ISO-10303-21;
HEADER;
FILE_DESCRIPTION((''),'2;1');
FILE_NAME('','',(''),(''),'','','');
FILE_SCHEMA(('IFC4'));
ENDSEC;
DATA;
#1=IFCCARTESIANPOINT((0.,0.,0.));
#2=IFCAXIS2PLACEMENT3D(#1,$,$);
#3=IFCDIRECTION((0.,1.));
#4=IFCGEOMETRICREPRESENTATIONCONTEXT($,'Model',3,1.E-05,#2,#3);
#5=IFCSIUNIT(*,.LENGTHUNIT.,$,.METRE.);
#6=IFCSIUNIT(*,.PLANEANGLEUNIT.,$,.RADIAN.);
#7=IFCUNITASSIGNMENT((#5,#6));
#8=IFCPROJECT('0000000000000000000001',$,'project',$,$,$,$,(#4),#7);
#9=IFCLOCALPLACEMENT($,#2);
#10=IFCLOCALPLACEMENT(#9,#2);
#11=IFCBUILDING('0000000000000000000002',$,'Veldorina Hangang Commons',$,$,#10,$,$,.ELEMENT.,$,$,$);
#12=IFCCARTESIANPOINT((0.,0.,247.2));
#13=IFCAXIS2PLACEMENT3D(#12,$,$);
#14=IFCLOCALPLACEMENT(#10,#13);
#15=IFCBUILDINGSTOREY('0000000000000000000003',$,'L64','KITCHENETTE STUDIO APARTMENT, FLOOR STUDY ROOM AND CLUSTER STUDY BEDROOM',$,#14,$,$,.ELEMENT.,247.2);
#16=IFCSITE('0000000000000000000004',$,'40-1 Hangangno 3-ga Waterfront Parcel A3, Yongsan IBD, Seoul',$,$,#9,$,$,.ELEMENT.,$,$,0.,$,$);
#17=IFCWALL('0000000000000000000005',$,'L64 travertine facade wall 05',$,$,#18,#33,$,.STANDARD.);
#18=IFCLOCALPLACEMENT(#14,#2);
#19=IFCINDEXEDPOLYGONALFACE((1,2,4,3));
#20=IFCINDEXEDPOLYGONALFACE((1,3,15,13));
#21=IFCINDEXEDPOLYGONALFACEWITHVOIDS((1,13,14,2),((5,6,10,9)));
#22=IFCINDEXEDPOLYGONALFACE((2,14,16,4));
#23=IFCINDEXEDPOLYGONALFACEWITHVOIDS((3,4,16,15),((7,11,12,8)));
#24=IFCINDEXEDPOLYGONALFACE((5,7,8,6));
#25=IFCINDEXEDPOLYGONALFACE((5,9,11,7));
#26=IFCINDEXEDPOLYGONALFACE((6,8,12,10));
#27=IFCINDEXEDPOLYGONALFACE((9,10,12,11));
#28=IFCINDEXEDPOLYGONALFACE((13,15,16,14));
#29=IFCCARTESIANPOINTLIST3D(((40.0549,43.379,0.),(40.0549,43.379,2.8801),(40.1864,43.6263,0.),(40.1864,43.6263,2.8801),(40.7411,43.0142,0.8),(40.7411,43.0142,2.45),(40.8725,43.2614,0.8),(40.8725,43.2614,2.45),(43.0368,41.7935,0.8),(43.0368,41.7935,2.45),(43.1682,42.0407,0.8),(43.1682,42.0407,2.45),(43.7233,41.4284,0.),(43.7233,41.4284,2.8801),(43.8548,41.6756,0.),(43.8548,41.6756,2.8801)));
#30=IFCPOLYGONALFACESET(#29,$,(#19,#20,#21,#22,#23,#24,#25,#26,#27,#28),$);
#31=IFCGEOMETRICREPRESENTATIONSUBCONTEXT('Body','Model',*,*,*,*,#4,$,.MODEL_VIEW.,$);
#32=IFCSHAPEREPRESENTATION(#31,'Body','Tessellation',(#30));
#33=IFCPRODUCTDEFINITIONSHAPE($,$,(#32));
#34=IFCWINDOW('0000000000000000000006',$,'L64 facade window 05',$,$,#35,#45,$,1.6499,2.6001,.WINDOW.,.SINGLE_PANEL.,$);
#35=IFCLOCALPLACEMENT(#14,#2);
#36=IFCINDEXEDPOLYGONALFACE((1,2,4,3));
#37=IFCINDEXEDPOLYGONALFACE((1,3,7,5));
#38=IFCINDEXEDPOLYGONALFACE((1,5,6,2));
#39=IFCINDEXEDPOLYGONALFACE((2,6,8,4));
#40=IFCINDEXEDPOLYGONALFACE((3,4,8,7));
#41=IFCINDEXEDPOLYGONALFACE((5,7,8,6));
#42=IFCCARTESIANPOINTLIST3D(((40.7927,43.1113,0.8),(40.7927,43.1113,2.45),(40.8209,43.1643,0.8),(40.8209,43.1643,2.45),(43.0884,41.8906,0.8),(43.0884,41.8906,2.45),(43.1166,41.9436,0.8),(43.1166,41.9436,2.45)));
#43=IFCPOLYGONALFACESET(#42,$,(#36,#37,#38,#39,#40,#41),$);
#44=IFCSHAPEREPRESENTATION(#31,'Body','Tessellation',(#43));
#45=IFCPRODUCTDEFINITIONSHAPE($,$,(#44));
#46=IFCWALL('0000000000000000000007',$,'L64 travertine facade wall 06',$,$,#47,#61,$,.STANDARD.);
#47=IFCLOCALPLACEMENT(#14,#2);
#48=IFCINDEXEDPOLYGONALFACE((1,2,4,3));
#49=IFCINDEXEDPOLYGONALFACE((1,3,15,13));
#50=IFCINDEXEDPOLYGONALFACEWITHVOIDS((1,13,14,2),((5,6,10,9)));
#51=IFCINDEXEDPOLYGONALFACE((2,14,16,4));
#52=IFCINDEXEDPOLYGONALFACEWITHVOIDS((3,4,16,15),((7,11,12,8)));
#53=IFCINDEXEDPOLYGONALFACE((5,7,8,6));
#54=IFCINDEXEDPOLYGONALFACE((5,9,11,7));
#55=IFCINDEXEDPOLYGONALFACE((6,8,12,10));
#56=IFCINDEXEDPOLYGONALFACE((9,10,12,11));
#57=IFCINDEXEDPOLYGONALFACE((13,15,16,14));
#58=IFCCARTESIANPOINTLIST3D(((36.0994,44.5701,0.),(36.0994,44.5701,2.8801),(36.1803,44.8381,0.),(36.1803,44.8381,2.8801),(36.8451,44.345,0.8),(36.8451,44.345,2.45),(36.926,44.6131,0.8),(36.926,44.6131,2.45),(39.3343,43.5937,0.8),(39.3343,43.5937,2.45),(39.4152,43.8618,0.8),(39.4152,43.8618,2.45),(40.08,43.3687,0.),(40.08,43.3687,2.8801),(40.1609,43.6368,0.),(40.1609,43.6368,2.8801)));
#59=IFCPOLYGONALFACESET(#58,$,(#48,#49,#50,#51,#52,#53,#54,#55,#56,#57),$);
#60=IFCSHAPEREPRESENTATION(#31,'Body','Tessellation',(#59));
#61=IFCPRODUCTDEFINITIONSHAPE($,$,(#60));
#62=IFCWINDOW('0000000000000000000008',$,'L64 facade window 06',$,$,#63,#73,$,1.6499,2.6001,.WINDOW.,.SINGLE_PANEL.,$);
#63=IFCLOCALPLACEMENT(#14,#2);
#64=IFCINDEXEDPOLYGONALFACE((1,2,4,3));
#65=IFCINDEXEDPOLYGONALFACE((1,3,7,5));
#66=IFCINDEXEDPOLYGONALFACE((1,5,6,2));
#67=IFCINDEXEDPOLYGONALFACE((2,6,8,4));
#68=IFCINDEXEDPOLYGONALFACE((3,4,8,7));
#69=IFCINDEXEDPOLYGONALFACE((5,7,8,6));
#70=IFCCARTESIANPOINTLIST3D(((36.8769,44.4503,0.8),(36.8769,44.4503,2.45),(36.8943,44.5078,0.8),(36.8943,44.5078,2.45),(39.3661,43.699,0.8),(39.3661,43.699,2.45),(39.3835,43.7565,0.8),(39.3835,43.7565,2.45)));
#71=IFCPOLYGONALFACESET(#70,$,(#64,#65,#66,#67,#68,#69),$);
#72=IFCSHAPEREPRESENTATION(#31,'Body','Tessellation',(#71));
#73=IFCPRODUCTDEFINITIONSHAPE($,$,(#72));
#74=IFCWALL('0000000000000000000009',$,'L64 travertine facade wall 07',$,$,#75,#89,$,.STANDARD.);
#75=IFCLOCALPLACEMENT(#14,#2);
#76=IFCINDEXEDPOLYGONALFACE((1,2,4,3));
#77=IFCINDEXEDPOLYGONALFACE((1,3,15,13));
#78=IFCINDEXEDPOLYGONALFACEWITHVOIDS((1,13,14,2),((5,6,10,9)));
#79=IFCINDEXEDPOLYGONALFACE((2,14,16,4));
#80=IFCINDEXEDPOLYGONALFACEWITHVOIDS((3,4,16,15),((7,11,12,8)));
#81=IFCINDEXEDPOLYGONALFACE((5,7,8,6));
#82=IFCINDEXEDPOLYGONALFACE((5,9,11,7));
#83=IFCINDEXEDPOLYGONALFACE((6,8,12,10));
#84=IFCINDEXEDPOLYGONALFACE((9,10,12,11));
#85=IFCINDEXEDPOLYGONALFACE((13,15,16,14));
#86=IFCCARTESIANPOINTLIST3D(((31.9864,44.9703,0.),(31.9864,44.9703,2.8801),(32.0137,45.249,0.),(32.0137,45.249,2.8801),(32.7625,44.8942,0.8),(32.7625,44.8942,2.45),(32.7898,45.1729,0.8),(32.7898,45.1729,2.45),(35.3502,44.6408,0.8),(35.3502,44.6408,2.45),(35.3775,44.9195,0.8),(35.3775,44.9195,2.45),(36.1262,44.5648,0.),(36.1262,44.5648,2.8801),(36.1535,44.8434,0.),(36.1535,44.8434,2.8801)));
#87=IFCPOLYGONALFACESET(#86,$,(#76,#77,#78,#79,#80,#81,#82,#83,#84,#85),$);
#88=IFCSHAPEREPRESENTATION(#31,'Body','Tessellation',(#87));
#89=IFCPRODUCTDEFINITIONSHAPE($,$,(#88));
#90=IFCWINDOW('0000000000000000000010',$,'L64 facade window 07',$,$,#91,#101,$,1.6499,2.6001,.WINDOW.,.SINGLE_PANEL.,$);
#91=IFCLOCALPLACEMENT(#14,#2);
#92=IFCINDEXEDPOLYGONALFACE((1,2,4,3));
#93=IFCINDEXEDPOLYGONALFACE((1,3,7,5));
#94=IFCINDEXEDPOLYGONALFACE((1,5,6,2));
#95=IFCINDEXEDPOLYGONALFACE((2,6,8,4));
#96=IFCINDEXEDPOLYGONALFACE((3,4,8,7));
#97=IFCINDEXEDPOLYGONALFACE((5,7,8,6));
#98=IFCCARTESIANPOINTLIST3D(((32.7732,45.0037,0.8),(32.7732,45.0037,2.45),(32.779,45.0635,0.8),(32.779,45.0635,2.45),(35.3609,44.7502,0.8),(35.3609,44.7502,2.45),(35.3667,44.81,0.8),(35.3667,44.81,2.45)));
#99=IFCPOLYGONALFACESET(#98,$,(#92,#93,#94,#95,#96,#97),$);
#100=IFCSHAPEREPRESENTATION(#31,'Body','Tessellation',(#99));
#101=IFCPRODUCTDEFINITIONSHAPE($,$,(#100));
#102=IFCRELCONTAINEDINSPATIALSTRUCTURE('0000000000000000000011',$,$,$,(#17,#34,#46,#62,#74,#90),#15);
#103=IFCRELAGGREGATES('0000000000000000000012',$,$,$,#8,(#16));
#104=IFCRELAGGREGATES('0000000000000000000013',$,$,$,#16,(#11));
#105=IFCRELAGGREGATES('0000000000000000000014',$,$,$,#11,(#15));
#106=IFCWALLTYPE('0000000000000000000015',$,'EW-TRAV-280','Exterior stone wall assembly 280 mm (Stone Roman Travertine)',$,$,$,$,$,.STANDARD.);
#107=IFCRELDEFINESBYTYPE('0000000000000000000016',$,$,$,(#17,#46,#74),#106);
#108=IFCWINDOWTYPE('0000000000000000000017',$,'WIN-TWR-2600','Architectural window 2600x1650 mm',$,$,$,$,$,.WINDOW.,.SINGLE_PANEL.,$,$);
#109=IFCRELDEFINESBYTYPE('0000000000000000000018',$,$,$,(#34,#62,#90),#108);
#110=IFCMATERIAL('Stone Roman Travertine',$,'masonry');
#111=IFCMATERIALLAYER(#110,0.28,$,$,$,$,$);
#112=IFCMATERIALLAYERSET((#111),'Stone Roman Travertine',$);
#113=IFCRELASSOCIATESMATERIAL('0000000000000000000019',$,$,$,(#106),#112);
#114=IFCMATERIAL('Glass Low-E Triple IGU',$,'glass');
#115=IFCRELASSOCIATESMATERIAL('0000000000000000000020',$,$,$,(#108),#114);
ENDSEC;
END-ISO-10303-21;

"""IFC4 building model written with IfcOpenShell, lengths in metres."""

from ifc_helpers import new_model, si_unit, direction, frame, frame_2d, origin, place, context, subcontext, project, spatial, rectangle, extrude, material, layer, layer_set, type_object, element, fill, save


model = new_model("IFC4")

# Units and contexts
model_context = context("Model", 3, precision=1e-05, world=origin(), true_north=direction((0.0, 1.0)))
body_context = subcontext(model_context, "Body", "Model", "MODEL_VIEW")
ifc_project = project(units=[si_unit("LENGTHUNIT", "METRE"), si_unit("PLANEANGLEUNIT", "RADIAN")], contexts=[model_context])

# Site, building, storey
site_placement = place(None, origin())
site = spatial("IfcSite", under=ifc_project, at=site_placement, Name="40-1 Hangangno 3-ga Waterfront Parcel A3, Yongsan IBD, Seoul", CompositionType="ELEMENT", RefElevation=0.0)
building_placement = place(site_placement, origin())
building = spatial("IfcBuilding", under=site, at=building_placement, Name="Veldorina Hangang Commons", CompositionType="ELEMENT")
storey_placement = place(building_placement, frame((0.0, 0.0, 247.2)))
storey = spatial("IfcBuildingStorey", under=building, at=storey_placement, Name="L64", Description="KITCHENETTE STUDIO APARTMENT, FLOOR STUDY ROOM AND CLUSTER STUDY BEDROOM", CompositionType="ELEMENT", Elevation=247.2)

# Walls, openings, windows
ifc_material_1 = material(Name="Stone Roman Travertine", Category="masonry")
ifc_layer_1 = layer(ifc_material_1, 0.28)
ifc_layer_set_1 = layer_set([ifc_layer_1], Name="Stone Roman Travertine")
wall_type = type_object("IfcWallType", Name="EW-TRAV-280", Description="Exterior stone wall assembly 280 mm (Stone Roman Travertine)", PredefinedType="STANDARD", material=ifc_layer_set_1)
wall_1_placement = place(storey_placement, frame((43.7891, 41.552, 0.0), z_axis=(0.0, 0.0, 1.0), x_axis=(-0.882935, 0.469496, 0.0)))
wall_1 = element("IfcWall", 1, at=wall_1_placement, inside=storey, type_object=wall_type, Name="L64 travertine facade wall 05", PredefinedType="STANDARD", context=body_context, shape_type="SweptSolid", body=[
    extrude(rectangle(XDim=4.1548, YDim=0.28, at=frame_2d((2.0774, 0.0))), origin(), (0.0, 0.0, 1.0), 2.8801),
])
opening_1_placement = place(wall_1_placement, frame((0.7776, 0.0, 0.8)))
opening_1 = element("IfcOpeningElement", 2, at=opening_1_placement, cuts=wall_1, PredefinedType="OPENING", context=body_context, shape_type="SweptSolid", body=[
    extrude(rectangle(XDim=2.6001, YDim=1.6499, at=frame_2d((1.3, 0.825))), frame((0.0, 0.1499, 0.0), z_axis=(0.0, -1.0, 0.0), x_axis=(1.0, 0.0, 0.0)), (0.0, 0.0, 1.0), 0.3),
])
ifc_material_2 = material(Name="Glass Low-E Triple IGU", Category="glass")
window_type = type_object("IfcWindowType", Name="WIN-TWR-2600", Description="Architectural window 2600x1650 mm", PartitioningType="SINGLE_PANEL", PredefinedType="WINDOW", material=ifc_material_2)
window_1_placement = place(opening_1_placement, origin())
window_1 = element("IfcWindow", 3, at=window_1_placement, inside=storey, type_object=window_type, Name="L64 facade window 05", OverallHeight=1.6499, OverallWidth=2.6001, PartitioningType="SINGLE_PANEL", PredefinedType="WINDOW", context=body_context, shape_type="SweptSolid", body=[
    extrude(rectangle(XDim=2.6001, YDim=1.6499, at=frame_2d((1.3, 0.825))), frame((0.0, 0.03, 0.0), z_axis=(0.0, -1.0, 0.0), x_axis=(1.0, 0.0, 0.0)), (0.0, 0.0, 1.0), 0.0601),
])
fill(opening_1, window_1)
wall_2_placement = place(storey_placement, frame((40.1206, 43.5027, 0.0), z_axis=(0.0, 0.0, 1.0), x_axis=(-0.957348, 0.288937, 0.0)))
wall_2 = element("IfcWall", 4, at=wall_2_placement, inside=storey, type_object=wall_type, Name="L64 travertine facade wall 06", PredefinedType="STANDARD", context=body_context, shape_type="SweptSolid", body=[
    extrude(rectangle(XDim=4.158, YDim=0.28, at=frame_2d((2.0791, 0.0))), origin(), (0.0, 0.0, 1.0), 2.8801),
])
opening_2_placement = place(wall_2_placement, frame((0.7791, 0.0, 0.8)))
opening_2 = element("IfcOpeningElement", 5, at=opening_2_placement, cuts=wall_2, PredefinedType="OPENING", context=body_context, shape_type="SweptSolid", body=[
    extrude(rectangle(XDim=2.6001, YDim=1.6499, at=frame_2d((1.3, 0.825))), frame((0.0, 0.1499, 0.0), z_axis=(0.0, -1.0, 0.0), x_axis=(1.0, 0.0, 0.0)), (0.0, 0.0, 1.0), 0.3),
])
window_2_placement = place(opening_2_placement, origin())
window_2 = element("IfcWindow", 6, at=window_2_placement, inside=storey, type_object=window_type, Name="L64 facade window 06", OverallHeight=1.6499, OverallWidth=2.6001, PartitioningType="SINGLE_PANEL", PredefinedType="WINDOW", context=body_context, shape_type="SweptSolid", body=[
    extrude(rectangle(XDim=2.6001, YDim=1.6499, at=frame_2d((1.3, 0.825))), frame((0.0, 0.03, 0.0), z_axis=(0.0, -1.0, 0.0), x_axis=(1.0, 0.0, 0.0)), (0.0, 0.0, 1.0), 0.0601),
])
fill(opening_2, window_2)
wall_3_placement = place(storey_placement, frame((36.1399, 44.7041, 0.0), z_axis=(0.0, 0.0, 1.0), x_axis=(-0.995237, 0.097487, 0.0)))
wall_3 = element("IfcWall", 7, at=wall_3_placement, inside=storey, type_object=wall_type, Name="L64 travertine facade wall 07", PredefinedType="STANDARD", context=body_context, shape_type="SweptSolid", body=[
    extrude(rectangle(XDim=4.1597, YDim=0.28, at=frame_2d((2.0798, 0.0))), origin(), (0.0, 0.0, 1.0), 2.8801),
])
opening_3_placement = place(wall_3_placement, frame((0.7798, 0.0, 0.8)))
opening_3 = element("IfcOpeningElement", 8, at=opening_3_placement, cuts=wall_3, PredefinedType="OPENING", context=body_context, shape_type="SweptSolid", body=[
    extrude(rectangle(XDim=2.6001, YDim=1.6499, at=frame_2d((1.3, 0.825))), frame((0.0, 0.1499, 0.0), z_axis=(0.0, -1.0, 0.0), x_axis=(1.0, 0.0, 0.0)), (0.0, 0.0, 1.0), 0.3),
])
window_3_placement = place(opening_3_placement, origin())
window_3 = element("IfcWindow", 9, at=window_3_placement, inside=storey, type_object=window_type, Name="L64 facade window 07", OverallHeight=1.6499, OverallWidth=2.6001, PartitioningType="SINGLE_PANEL", PredefinedType="WINDOW", context=body_context, shape_type="SweptSolid", body=[
    extrude(rectangle(XDim=2.6001, YDim=1.6499, at=frame_2d((1.3, 0.825))), frame((0.0, 0.03, 0.0), z_axis=(0.0, -1.0, 0.0), x_axis=(1.0, 0.0, 0.0)), (0.0, 0.0, 1.0), 0.0601),
])
fill(opening_3, window_3)

save(model, "model.ifc")
